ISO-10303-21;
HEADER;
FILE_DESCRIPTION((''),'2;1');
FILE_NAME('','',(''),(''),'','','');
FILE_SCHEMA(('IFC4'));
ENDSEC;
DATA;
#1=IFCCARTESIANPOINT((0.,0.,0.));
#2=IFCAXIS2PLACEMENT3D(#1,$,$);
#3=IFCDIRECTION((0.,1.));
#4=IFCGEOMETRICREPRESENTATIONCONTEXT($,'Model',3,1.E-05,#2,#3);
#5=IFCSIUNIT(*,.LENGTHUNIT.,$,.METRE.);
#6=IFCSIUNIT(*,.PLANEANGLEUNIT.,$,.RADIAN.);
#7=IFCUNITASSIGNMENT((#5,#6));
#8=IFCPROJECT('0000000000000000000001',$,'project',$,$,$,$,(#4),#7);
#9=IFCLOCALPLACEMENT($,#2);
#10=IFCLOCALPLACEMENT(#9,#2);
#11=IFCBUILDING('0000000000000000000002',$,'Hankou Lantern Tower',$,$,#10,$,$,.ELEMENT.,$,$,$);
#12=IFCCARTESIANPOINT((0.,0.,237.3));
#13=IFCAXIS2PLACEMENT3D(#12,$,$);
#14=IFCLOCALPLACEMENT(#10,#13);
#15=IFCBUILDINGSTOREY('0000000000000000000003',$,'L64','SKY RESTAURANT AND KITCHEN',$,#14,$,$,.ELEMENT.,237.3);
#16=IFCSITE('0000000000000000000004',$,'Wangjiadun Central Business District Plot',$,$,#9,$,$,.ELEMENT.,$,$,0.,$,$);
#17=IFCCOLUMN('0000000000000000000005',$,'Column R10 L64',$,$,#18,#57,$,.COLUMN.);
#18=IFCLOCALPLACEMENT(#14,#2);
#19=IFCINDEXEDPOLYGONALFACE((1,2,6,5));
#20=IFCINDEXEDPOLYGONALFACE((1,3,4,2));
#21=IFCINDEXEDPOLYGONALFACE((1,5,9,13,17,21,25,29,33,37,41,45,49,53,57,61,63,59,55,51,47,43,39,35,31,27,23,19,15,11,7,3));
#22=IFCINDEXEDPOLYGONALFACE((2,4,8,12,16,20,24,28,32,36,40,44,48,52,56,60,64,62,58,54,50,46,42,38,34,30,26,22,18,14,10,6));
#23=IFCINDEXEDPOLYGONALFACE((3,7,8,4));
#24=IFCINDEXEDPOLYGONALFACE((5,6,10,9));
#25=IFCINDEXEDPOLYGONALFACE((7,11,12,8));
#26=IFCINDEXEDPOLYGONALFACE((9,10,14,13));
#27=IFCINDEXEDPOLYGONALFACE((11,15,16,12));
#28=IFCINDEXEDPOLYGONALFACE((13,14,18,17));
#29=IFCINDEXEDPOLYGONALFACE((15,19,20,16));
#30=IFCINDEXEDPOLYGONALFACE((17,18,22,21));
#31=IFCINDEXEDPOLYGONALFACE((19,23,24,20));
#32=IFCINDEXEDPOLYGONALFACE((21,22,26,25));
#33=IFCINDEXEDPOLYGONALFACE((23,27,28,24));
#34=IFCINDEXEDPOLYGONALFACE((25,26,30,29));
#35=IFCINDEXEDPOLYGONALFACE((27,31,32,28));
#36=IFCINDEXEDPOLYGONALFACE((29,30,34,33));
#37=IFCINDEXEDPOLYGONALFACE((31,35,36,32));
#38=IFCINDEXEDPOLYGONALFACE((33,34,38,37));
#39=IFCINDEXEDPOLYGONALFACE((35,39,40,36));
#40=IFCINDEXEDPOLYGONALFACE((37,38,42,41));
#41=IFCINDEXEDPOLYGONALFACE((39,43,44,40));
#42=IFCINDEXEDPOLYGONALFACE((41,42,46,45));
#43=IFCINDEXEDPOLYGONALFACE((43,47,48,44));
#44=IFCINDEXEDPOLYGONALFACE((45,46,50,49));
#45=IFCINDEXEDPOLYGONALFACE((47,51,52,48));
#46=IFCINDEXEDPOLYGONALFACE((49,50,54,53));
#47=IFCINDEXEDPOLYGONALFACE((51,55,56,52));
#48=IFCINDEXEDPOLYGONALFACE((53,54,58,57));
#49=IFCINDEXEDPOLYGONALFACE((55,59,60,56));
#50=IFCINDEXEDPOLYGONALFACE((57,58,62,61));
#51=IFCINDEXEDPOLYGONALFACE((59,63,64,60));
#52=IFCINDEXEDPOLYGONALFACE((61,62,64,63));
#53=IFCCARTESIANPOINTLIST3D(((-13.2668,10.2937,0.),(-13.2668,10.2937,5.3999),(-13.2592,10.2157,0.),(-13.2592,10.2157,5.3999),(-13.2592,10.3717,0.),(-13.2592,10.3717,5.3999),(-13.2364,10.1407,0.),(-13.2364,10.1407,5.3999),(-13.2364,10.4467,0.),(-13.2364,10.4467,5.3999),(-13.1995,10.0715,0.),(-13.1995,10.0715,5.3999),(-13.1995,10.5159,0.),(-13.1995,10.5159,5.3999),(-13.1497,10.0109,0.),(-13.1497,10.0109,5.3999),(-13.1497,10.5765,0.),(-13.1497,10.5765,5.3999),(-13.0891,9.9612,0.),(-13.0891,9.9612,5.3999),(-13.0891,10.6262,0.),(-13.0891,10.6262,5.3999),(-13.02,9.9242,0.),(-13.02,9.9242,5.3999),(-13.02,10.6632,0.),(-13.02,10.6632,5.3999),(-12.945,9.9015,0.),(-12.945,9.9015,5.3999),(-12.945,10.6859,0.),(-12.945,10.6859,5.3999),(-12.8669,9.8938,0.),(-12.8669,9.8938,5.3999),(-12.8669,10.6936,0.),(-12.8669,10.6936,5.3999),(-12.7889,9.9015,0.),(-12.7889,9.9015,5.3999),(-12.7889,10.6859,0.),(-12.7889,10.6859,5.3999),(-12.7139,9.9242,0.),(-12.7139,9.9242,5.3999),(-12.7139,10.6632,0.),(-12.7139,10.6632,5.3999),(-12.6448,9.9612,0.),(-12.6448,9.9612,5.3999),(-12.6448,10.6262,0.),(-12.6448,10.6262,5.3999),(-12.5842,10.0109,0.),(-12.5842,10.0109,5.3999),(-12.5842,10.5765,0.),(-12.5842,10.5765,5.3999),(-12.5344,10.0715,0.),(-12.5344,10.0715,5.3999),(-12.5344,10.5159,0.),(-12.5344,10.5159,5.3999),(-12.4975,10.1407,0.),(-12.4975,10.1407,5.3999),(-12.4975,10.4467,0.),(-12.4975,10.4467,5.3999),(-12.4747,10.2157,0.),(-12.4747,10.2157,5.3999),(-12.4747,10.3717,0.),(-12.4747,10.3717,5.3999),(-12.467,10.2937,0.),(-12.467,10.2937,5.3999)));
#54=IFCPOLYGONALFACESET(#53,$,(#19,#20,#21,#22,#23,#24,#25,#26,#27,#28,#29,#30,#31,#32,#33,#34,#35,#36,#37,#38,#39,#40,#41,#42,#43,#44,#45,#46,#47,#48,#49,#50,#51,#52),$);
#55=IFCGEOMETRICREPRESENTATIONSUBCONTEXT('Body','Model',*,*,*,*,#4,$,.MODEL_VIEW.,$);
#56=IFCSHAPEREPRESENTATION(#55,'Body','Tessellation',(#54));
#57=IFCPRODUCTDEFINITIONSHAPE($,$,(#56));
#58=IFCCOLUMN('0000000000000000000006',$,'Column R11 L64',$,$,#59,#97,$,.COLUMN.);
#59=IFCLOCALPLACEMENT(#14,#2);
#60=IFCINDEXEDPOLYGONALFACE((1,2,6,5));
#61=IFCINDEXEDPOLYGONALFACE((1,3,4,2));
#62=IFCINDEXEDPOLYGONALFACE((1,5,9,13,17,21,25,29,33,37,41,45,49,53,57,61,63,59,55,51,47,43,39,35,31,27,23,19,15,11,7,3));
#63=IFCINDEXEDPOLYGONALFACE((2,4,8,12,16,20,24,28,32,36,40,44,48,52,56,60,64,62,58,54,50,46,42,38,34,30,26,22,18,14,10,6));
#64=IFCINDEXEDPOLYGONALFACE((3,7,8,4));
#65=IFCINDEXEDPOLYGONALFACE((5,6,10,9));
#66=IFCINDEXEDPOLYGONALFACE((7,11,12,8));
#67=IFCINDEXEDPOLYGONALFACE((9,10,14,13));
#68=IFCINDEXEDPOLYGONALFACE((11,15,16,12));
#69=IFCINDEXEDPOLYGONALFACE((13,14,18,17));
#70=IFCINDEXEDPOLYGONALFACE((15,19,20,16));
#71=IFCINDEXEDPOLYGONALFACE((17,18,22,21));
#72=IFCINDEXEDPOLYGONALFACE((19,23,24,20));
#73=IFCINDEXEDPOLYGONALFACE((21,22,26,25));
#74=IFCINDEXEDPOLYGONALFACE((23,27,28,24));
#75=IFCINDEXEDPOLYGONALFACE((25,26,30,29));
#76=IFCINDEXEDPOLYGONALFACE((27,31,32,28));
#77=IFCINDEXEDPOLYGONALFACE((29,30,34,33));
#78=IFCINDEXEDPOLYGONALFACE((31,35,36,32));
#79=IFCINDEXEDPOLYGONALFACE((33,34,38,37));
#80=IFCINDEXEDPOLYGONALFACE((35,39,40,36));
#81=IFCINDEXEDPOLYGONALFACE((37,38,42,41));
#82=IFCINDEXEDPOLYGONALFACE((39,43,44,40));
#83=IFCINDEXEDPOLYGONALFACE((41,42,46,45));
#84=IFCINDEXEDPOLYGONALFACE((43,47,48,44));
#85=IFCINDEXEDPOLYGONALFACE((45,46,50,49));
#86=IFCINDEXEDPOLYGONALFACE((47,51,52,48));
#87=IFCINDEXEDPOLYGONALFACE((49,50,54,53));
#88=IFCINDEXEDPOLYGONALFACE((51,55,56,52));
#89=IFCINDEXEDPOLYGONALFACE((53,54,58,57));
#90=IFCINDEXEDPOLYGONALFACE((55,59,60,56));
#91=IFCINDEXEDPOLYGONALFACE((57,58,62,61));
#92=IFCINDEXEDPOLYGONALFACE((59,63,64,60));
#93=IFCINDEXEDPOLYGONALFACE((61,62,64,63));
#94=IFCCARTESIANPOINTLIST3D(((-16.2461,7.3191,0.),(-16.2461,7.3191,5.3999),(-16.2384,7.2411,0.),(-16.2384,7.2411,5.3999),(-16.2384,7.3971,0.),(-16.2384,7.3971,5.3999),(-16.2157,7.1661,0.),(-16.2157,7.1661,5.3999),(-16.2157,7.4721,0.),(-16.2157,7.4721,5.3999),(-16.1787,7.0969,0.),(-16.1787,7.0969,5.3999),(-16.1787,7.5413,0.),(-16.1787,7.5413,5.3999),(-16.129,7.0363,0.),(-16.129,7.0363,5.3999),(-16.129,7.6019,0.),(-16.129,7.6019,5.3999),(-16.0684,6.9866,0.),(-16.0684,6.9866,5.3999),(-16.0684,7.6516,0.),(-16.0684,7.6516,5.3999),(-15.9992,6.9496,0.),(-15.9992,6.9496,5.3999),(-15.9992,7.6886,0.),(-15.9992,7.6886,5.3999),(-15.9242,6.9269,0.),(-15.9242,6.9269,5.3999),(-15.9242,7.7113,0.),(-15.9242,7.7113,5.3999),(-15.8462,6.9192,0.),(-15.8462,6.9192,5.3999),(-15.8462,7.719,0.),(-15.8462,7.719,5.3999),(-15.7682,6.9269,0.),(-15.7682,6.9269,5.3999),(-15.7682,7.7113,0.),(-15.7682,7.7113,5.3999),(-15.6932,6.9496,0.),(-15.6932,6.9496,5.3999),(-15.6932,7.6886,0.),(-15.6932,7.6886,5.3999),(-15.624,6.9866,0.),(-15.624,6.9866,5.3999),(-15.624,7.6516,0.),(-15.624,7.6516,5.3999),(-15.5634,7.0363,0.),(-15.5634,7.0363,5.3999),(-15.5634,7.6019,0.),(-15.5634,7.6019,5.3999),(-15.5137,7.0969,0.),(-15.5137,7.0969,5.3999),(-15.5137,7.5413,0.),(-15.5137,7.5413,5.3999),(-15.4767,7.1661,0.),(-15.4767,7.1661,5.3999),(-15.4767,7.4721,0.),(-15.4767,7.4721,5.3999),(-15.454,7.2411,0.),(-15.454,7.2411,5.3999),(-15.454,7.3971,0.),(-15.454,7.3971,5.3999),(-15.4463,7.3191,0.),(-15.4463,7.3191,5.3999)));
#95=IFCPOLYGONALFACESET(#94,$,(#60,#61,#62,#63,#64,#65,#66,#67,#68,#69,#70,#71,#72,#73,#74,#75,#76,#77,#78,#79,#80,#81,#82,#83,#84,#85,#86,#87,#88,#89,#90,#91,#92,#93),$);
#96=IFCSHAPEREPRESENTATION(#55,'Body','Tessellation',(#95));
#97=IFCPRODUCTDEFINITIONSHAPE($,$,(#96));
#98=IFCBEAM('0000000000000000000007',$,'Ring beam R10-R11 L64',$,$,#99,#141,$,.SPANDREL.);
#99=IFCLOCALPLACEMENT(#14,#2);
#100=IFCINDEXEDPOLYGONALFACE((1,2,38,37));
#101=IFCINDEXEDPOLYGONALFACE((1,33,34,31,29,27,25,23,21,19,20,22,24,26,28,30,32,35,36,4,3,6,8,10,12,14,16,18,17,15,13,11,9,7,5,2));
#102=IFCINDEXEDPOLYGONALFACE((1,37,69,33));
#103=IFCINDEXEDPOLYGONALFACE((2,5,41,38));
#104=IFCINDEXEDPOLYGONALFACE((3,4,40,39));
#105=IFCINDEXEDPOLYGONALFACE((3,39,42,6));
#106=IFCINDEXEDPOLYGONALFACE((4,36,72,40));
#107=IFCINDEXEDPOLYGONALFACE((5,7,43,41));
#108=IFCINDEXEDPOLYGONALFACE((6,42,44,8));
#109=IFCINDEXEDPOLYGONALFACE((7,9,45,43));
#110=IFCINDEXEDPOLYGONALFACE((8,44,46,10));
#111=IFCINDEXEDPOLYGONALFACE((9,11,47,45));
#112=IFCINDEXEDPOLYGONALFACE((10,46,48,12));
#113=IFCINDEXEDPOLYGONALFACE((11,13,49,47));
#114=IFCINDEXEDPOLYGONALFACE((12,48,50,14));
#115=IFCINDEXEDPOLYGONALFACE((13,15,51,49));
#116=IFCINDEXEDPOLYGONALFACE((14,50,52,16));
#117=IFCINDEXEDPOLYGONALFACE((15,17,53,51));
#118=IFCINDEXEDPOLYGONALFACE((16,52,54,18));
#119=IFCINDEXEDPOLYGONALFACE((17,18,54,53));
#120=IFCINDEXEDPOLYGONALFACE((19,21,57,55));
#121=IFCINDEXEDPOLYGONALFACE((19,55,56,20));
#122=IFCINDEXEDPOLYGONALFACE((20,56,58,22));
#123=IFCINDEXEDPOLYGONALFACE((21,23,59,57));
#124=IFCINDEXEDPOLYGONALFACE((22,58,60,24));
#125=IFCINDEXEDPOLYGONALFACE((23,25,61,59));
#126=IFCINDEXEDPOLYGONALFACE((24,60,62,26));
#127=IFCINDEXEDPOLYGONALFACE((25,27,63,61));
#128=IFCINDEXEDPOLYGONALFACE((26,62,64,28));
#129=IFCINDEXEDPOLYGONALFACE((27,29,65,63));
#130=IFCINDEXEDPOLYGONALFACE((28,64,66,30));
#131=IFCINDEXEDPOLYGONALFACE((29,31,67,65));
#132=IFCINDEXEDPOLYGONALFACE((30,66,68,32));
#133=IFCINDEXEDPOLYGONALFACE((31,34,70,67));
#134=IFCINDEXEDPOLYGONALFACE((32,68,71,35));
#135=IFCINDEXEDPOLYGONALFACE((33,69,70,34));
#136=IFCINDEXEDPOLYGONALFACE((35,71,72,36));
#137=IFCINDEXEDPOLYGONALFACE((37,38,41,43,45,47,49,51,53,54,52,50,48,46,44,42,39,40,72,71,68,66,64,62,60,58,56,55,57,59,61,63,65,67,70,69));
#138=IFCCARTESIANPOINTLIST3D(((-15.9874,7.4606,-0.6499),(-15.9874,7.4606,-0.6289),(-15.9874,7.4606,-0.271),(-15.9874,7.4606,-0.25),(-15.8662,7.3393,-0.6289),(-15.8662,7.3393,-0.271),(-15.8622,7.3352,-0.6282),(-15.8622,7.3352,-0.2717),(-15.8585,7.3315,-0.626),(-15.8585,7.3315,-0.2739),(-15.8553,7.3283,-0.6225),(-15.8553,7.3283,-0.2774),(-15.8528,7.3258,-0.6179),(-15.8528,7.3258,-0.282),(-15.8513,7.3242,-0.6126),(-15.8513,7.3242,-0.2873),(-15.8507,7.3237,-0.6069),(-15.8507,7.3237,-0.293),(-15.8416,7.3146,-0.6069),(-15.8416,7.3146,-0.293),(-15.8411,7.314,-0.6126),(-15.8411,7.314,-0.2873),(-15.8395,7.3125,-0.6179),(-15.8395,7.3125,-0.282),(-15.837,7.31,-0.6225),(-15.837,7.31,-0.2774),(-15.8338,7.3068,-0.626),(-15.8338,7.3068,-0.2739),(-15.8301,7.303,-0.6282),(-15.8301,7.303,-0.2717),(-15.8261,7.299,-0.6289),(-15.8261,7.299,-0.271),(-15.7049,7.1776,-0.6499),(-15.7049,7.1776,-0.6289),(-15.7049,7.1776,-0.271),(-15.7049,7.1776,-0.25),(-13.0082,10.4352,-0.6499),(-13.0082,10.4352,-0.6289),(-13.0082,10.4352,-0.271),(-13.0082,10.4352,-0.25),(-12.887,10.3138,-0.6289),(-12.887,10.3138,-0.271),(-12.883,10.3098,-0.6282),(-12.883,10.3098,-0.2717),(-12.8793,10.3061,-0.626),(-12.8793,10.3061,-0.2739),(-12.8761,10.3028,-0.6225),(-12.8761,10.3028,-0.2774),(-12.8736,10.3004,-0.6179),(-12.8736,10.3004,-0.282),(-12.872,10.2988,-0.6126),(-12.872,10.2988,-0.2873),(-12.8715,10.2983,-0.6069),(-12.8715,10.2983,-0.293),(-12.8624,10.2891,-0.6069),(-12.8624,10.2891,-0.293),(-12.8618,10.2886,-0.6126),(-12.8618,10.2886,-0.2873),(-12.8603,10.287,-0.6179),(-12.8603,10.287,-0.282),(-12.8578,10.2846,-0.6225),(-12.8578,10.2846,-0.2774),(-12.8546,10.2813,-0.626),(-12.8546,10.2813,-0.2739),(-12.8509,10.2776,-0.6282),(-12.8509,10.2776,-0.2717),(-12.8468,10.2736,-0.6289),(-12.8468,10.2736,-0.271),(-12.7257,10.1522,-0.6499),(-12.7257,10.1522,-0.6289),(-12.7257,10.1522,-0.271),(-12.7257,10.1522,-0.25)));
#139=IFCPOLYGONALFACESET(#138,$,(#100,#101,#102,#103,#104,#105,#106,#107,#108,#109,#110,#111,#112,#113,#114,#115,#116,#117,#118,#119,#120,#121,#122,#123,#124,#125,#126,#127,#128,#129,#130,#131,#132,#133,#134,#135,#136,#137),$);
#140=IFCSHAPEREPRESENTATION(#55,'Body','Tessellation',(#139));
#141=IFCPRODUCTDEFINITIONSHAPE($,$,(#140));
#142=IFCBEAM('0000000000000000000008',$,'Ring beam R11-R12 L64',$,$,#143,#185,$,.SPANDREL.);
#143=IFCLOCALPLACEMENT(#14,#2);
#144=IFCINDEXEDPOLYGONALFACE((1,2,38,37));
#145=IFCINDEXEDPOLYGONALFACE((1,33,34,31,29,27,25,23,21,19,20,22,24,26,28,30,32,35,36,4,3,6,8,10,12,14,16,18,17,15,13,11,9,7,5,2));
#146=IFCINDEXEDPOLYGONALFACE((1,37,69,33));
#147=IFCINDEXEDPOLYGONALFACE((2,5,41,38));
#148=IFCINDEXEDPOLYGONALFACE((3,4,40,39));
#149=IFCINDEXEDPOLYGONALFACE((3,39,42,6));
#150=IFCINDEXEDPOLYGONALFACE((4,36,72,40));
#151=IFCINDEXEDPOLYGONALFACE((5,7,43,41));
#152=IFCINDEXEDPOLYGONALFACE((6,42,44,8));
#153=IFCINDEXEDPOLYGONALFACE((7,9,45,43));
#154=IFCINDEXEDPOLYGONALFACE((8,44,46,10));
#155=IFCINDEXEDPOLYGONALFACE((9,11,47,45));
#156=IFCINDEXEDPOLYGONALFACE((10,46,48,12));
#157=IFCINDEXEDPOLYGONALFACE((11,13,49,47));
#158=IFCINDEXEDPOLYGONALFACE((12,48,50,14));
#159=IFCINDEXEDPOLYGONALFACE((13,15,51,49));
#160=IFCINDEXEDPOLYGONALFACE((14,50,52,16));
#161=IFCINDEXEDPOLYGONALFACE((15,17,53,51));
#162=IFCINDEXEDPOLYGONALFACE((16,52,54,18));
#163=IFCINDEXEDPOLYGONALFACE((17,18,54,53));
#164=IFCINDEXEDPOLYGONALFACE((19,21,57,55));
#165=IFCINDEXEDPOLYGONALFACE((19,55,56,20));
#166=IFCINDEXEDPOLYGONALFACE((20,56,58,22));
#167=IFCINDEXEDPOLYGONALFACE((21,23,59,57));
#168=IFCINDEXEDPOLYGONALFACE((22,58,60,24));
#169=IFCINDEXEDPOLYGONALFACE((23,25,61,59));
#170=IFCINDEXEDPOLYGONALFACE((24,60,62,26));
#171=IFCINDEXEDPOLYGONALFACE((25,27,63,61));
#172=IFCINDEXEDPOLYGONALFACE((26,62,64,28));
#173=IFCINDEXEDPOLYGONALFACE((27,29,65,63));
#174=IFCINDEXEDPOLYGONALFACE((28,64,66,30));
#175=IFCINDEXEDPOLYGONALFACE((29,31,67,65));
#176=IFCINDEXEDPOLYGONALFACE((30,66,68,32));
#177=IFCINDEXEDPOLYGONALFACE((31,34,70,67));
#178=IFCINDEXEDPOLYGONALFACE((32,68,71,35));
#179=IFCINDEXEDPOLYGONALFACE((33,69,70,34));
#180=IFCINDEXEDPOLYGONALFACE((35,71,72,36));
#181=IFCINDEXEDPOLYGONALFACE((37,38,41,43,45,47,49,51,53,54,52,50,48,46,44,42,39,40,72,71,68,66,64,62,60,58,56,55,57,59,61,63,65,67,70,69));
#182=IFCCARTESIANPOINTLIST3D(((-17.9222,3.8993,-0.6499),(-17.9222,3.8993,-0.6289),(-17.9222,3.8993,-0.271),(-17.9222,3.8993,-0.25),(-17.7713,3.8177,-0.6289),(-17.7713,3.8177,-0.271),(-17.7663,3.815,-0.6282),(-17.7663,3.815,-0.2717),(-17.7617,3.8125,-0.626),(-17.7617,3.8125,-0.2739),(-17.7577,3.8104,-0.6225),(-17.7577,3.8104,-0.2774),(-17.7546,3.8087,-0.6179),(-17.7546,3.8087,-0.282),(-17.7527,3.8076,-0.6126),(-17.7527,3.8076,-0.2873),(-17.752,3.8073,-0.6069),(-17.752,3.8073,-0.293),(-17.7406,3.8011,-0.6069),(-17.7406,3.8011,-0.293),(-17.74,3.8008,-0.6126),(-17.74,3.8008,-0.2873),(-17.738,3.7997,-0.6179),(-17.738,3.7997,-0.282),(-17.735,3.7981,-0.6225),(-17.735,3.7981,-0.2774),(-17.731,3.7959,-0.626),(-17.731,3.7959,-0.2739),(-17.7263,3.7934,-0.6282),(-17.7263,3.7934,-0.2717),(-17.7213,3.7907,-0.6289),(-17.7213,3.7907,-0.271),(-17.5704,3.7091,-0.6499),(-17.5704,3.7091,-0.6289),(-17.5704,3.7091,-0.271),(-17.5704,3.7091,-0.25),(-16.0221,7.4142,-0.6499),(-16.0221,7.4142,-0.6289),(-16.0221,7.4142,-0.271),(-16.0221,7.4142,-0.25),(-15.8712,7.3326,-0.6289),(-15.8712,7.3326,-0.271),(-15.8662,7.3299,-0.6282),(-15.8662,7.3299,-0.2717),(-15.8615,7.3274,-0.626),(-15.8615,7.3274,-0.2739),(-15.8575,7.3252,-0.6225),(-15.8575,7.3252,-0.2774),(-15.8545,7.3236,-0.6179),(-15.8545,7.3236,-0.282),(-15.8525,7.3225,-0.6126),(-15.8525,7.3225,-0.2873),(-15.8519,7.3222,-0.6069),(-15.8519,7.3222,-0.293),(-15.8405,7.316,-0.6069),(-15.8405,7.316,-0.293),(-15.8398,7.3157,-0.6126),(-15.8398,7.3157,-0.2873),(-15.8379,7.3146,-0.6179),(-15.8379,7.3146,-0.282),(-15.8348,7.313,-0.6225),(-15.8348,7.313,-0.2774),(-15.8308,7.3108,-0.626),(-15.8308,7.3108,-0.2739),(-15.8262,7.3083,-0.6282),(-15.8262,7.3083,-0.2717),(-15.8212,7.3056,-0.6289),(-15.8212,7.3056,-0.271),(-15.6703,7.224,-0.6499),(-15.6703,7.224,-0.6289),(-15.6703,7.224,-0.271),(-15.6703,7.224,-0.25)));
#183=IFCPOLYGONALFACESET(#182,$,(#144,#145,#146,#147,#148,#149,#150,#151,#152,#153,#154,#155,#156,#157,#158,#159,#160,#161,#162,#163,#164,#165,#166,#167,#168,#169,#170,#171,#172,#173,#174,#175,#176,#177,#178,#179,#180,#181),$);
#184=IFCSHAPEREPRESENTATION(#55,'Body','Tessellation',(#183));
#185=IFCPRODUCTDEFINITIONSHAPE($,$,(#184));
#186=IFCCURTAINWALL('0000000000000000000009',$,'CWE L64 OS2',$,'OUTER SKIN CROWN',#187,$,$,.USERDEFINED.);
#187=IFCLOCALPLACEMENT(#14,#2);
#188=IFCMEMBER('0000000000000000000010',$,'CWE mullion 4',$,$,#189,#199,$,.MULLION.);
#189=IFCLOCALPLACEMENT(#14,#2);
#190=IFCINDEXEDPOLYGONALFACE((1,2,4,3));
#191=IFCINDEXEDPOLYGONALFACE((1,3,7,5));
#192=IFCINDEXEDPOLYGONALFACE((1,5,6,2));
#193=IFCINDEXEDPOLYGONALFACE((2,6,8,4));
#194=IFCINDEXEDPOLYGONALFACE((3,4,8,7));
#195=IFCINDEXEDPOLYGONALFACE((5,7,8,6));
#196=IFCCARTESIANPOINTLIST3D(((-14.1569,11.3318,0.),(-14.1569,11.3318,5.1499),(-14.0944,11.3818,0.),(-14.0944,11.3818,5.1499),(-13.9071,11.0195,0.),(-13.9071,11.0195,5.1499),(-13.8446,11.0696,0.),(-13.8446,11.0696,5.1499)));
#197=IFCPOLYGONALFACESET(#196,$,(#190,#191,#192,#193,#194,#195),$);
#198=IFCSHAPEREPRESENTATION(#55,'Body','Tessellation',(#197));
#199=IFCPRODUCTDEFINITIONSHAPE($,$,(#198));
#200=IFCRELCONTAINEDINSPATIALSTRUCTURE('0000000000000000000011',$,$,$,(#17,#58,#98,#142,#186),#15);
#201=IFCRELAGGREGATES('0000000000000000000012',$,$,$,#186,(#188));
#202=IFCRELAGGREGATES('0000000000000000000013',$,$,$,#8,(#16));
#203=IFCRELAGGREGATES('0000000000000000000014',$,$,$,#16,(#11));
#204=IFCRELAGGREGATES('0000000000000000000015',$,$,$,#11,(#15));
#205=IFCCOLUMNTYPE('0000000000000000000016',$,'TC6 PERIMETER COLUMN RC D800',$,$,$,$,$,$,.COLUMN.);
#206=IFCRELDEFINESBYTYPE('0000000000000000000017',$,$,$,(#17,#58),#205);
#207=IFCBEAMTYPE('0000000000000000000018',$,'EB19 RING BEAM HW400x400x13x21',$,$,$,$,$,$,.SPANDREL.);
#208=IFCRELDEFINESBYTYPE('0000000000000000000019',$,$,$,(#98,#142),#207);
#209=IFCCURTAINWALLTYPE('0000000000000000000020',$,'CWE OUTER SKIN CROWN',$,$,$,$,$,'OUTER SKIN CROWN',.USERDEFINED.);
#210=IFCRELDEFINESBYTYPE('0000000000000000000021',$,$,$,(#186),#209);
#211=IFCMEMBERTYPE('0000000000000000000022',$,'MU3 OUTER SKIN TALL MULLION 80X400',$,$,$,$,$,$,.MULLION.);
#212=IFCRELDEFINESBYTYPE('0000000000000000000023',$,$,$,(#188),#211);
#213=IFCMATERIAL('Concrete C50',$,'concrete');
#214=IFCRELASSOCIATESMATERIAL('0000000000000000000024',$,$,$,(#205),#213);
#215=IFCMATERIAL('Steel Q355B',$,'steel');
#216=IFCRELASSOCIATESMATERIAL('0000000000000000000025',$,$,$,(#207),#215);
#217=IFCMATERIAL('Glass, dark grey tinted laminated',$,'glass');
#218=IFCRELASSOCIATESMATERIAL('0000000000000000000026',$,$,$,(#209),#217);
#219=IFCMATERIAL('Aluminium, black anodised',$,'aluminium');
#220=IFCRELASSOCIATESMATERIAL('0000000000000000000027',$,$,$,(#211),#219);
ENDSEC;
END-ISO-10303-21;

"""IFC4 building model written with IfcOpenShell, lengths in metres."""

from ifc_helpers import new_model, si_unit, direction, frame, origin, origin_2d, place, context, subcontext, project, spatial, rectangle, circle, i_section, extrude, material, material_profile, profile_set, type_object, element, aggregate, save


model = new_model("IFC4")

# Units and contexts
model_context = context("Model", 3, precision=1e-05, world=origin(), true_north=direction((0.0, 1.0)))
body_context = subcontext(model_context, "Body", "Model", "MODEL_VIEW")
ifc_project = project(units=[si_unit("LENGTHUNIT", "METRE"), si_unit("PLANEANGLEUNIT", "RADIAN")], contexts=[model_context])

# Site, building, storey
site_placement = place(None, origin())
site = spatial("IfcSite", under=ifc_project, at=site_placement, Name="Wangjiadun Central Business District Plot", CompositionType="ELEMENT", RefElevation=0.0)
building_placement = place(site_placement, origin())
building = spatial("IfcBuilding", under=site, at=building_placement, Name="Hankou Lantern Tower", CompositionType="ELEMENT")
storey_placement = place(building_placement, frame((0.0, 0.0, 237.3)))
storey = spatial("IfcBuildingStorey", under=building, at=storey_placement, Name="L64", Description="SKY RESTAURANT AND KITCHEN", CompositionType="ELEMENT", Elevation=237.3)

# Columns
ifc_material_1 = material(Name="Concrete C50", Category="concrete")
ifc_material_profile_1 = material_profile(ifc_material_1, circle(Radius=0.3999, at=origin_2d()), Name="RC D800")
ifc_profile_set_1 = profile_set([ifc_material_profile_1], Name="Concrete C50")
column_type = type_object("IfcColumnType", Name="TC6 PERIMETER COLUMN RC D800", PredefinedType="COLUMN", material=ifc_profile_set_1)
for number, where, z_axis, x_axis, name in (
    (1, (-12.8669, 10.2937, 0.0), (0.0, 0.0, 1.0), (1.0, 0.0, 0.0), "Column R10 L64"),
    (2, (-15.8462, 7.3191, 0.0), (0.0, 0.0, 1.0), (1.0, 0.0, 0.0), "Column R11 L64"),
):
    element("IfcColumn", number, at=place(storey_placement, frame(where, z_axis=z_axis, x_axis=x_axis)), inside=storey, type_object=column_type, Name=name, PredefinedType="COLUMN", context=body_context, shape_type="SweptSolid", body=[
        extrude(circle(Radius=0.3999, at=origin_2d()), origin(), (0.0, 0.0, 1.0), 5.3999),
    ])

# Beams
ifc_material_2 = material(Name="Steel Q355B", Category="steel")
ifc_material_profile_2 = material_profile(ifc_material_2, i_section(OverallWidth=0.3999, OverallDepth=0.3999, WebThickness=0.0129, FlangeThickness=0.021, FilletRadius=0.022, at=origin_2d()), Name="HW400x400x13x21")
ifc_profile_set_2 = profile_set([ifc_material_profile_2], Name="Steel Q355B")
beam_type_1 = type_object("IfcBeamType", Name="EB19 RING BEAM HW400x400x13x21", PredefinedType="SPANDREL", material=ifc_profile_set_2)
beam_1_placement = place(storey_placement, frame((-12.8669, 10.2937, -0.45), z_axis=(-0.707657, -0.706556, 0.0), x_axis=(0.706556, -0.707657, 0.0)))
element("IfcBeam", 3, at=beam_1_placement, inside=storey, type_object=beam_type_1, Name="Ring beam R10-R11 L64", PredefinedType="SPANDREL", context=body_context, shape_type="SweptSolid", body=[
    extrude(i_section(OverallWidth=0.3999, OverallDepth=0.3999, WebThickness=0.0129, FlangeThickness=0.021, FilletRadius=0.022, at=origin_2d()), origin(), (0.0, 0.0, 1.0), 4.21),
])
beam_2_placement = place(storey_placement, frame((-15.8462, 7.3191, -0.45), z_axis=(-0.475557, -0.879685, 0.0), x_axis=(0.879685, -0.475557, 0.0)))
element("IfcBeam", 4, at=beam_2_placement, inside=storey, type_object=beam_type_1, Name="Ring beam R11-R12 L64", PredefinedType="SPANDREL", context=body_context, shape_type="SweptSolid", body=[
    extrude(i_section(OverallWidth=0.3999, OverallDepth=0.3999, WebThickness=0.0129, FlangeThickness=0.021, FilletRadius=0.022, at=origin_2d()), origin(), (0.0, 0.0, 1.0), 3.9956),
])

# Curtain wall, member
ifc_material_3 = material(Name="Glass, dark grey tinted laminated", Category="glass")
curtain_wall_type = type_object("IfcCurtainWallType", Name="CWE OUTER SKIN CROWN", ElementType="OUTER SKIN CROWN", PredefinedType="USERDEFINED", material=ifc_material_3)
curtain_wall_placement = place(storey_placement, origin())
curtain_wall = element("IfcCurtainWall", 5, at=curtain_wall_placement, inside=storey, type_object=curtain_wall_type, Name="CWE L64 OS2", ObjectType="OUTER SKIN CROWN", PredefinedType="USERDEFINED")
ifc_material_4 = material(Name="Aluminium, black anodised", Category="aluminium")
ifc_material_profile_3 = material_profile(ifc_material_4, rectangle(XDim=0.0801, YDim=0.3999, at=origin_2d()), Name="MU3 80X400")
ifc_profile_set_3 = profile_set([ifc_material_profile_3], Name="Aluminium, black anodised")
member_type_1 = type_object("IfcMemberType", Name="MU3 OUTER SKIN TALL MULLION 80X400", PredefinedType="MULLION", material=ifc_profile_set_3)
member_1_placement = place(storey_placement, frame((-14.0007, 11.2007, 0.0), z_axis=(0.0, 0.0, 1.0), x_axis=(-0.780869, -0.624695, 0.0)))
member_1 = element("IfcMember", 6, at=member_1_placement, type_object=member_type_1, Name="CWE mullion 4", PredefinedType="MULLION", context=body_context, shape_type="SweptSolid", body=[
    extrude(rectangle(XDim=0.0801, YDim=0.3999, at=origin_2d()), origin(), (0.0, 0.0, 1.0), 5.1499),
])

aggregate(curtain_wall, [member_1])

save(model, "model.ifc")
